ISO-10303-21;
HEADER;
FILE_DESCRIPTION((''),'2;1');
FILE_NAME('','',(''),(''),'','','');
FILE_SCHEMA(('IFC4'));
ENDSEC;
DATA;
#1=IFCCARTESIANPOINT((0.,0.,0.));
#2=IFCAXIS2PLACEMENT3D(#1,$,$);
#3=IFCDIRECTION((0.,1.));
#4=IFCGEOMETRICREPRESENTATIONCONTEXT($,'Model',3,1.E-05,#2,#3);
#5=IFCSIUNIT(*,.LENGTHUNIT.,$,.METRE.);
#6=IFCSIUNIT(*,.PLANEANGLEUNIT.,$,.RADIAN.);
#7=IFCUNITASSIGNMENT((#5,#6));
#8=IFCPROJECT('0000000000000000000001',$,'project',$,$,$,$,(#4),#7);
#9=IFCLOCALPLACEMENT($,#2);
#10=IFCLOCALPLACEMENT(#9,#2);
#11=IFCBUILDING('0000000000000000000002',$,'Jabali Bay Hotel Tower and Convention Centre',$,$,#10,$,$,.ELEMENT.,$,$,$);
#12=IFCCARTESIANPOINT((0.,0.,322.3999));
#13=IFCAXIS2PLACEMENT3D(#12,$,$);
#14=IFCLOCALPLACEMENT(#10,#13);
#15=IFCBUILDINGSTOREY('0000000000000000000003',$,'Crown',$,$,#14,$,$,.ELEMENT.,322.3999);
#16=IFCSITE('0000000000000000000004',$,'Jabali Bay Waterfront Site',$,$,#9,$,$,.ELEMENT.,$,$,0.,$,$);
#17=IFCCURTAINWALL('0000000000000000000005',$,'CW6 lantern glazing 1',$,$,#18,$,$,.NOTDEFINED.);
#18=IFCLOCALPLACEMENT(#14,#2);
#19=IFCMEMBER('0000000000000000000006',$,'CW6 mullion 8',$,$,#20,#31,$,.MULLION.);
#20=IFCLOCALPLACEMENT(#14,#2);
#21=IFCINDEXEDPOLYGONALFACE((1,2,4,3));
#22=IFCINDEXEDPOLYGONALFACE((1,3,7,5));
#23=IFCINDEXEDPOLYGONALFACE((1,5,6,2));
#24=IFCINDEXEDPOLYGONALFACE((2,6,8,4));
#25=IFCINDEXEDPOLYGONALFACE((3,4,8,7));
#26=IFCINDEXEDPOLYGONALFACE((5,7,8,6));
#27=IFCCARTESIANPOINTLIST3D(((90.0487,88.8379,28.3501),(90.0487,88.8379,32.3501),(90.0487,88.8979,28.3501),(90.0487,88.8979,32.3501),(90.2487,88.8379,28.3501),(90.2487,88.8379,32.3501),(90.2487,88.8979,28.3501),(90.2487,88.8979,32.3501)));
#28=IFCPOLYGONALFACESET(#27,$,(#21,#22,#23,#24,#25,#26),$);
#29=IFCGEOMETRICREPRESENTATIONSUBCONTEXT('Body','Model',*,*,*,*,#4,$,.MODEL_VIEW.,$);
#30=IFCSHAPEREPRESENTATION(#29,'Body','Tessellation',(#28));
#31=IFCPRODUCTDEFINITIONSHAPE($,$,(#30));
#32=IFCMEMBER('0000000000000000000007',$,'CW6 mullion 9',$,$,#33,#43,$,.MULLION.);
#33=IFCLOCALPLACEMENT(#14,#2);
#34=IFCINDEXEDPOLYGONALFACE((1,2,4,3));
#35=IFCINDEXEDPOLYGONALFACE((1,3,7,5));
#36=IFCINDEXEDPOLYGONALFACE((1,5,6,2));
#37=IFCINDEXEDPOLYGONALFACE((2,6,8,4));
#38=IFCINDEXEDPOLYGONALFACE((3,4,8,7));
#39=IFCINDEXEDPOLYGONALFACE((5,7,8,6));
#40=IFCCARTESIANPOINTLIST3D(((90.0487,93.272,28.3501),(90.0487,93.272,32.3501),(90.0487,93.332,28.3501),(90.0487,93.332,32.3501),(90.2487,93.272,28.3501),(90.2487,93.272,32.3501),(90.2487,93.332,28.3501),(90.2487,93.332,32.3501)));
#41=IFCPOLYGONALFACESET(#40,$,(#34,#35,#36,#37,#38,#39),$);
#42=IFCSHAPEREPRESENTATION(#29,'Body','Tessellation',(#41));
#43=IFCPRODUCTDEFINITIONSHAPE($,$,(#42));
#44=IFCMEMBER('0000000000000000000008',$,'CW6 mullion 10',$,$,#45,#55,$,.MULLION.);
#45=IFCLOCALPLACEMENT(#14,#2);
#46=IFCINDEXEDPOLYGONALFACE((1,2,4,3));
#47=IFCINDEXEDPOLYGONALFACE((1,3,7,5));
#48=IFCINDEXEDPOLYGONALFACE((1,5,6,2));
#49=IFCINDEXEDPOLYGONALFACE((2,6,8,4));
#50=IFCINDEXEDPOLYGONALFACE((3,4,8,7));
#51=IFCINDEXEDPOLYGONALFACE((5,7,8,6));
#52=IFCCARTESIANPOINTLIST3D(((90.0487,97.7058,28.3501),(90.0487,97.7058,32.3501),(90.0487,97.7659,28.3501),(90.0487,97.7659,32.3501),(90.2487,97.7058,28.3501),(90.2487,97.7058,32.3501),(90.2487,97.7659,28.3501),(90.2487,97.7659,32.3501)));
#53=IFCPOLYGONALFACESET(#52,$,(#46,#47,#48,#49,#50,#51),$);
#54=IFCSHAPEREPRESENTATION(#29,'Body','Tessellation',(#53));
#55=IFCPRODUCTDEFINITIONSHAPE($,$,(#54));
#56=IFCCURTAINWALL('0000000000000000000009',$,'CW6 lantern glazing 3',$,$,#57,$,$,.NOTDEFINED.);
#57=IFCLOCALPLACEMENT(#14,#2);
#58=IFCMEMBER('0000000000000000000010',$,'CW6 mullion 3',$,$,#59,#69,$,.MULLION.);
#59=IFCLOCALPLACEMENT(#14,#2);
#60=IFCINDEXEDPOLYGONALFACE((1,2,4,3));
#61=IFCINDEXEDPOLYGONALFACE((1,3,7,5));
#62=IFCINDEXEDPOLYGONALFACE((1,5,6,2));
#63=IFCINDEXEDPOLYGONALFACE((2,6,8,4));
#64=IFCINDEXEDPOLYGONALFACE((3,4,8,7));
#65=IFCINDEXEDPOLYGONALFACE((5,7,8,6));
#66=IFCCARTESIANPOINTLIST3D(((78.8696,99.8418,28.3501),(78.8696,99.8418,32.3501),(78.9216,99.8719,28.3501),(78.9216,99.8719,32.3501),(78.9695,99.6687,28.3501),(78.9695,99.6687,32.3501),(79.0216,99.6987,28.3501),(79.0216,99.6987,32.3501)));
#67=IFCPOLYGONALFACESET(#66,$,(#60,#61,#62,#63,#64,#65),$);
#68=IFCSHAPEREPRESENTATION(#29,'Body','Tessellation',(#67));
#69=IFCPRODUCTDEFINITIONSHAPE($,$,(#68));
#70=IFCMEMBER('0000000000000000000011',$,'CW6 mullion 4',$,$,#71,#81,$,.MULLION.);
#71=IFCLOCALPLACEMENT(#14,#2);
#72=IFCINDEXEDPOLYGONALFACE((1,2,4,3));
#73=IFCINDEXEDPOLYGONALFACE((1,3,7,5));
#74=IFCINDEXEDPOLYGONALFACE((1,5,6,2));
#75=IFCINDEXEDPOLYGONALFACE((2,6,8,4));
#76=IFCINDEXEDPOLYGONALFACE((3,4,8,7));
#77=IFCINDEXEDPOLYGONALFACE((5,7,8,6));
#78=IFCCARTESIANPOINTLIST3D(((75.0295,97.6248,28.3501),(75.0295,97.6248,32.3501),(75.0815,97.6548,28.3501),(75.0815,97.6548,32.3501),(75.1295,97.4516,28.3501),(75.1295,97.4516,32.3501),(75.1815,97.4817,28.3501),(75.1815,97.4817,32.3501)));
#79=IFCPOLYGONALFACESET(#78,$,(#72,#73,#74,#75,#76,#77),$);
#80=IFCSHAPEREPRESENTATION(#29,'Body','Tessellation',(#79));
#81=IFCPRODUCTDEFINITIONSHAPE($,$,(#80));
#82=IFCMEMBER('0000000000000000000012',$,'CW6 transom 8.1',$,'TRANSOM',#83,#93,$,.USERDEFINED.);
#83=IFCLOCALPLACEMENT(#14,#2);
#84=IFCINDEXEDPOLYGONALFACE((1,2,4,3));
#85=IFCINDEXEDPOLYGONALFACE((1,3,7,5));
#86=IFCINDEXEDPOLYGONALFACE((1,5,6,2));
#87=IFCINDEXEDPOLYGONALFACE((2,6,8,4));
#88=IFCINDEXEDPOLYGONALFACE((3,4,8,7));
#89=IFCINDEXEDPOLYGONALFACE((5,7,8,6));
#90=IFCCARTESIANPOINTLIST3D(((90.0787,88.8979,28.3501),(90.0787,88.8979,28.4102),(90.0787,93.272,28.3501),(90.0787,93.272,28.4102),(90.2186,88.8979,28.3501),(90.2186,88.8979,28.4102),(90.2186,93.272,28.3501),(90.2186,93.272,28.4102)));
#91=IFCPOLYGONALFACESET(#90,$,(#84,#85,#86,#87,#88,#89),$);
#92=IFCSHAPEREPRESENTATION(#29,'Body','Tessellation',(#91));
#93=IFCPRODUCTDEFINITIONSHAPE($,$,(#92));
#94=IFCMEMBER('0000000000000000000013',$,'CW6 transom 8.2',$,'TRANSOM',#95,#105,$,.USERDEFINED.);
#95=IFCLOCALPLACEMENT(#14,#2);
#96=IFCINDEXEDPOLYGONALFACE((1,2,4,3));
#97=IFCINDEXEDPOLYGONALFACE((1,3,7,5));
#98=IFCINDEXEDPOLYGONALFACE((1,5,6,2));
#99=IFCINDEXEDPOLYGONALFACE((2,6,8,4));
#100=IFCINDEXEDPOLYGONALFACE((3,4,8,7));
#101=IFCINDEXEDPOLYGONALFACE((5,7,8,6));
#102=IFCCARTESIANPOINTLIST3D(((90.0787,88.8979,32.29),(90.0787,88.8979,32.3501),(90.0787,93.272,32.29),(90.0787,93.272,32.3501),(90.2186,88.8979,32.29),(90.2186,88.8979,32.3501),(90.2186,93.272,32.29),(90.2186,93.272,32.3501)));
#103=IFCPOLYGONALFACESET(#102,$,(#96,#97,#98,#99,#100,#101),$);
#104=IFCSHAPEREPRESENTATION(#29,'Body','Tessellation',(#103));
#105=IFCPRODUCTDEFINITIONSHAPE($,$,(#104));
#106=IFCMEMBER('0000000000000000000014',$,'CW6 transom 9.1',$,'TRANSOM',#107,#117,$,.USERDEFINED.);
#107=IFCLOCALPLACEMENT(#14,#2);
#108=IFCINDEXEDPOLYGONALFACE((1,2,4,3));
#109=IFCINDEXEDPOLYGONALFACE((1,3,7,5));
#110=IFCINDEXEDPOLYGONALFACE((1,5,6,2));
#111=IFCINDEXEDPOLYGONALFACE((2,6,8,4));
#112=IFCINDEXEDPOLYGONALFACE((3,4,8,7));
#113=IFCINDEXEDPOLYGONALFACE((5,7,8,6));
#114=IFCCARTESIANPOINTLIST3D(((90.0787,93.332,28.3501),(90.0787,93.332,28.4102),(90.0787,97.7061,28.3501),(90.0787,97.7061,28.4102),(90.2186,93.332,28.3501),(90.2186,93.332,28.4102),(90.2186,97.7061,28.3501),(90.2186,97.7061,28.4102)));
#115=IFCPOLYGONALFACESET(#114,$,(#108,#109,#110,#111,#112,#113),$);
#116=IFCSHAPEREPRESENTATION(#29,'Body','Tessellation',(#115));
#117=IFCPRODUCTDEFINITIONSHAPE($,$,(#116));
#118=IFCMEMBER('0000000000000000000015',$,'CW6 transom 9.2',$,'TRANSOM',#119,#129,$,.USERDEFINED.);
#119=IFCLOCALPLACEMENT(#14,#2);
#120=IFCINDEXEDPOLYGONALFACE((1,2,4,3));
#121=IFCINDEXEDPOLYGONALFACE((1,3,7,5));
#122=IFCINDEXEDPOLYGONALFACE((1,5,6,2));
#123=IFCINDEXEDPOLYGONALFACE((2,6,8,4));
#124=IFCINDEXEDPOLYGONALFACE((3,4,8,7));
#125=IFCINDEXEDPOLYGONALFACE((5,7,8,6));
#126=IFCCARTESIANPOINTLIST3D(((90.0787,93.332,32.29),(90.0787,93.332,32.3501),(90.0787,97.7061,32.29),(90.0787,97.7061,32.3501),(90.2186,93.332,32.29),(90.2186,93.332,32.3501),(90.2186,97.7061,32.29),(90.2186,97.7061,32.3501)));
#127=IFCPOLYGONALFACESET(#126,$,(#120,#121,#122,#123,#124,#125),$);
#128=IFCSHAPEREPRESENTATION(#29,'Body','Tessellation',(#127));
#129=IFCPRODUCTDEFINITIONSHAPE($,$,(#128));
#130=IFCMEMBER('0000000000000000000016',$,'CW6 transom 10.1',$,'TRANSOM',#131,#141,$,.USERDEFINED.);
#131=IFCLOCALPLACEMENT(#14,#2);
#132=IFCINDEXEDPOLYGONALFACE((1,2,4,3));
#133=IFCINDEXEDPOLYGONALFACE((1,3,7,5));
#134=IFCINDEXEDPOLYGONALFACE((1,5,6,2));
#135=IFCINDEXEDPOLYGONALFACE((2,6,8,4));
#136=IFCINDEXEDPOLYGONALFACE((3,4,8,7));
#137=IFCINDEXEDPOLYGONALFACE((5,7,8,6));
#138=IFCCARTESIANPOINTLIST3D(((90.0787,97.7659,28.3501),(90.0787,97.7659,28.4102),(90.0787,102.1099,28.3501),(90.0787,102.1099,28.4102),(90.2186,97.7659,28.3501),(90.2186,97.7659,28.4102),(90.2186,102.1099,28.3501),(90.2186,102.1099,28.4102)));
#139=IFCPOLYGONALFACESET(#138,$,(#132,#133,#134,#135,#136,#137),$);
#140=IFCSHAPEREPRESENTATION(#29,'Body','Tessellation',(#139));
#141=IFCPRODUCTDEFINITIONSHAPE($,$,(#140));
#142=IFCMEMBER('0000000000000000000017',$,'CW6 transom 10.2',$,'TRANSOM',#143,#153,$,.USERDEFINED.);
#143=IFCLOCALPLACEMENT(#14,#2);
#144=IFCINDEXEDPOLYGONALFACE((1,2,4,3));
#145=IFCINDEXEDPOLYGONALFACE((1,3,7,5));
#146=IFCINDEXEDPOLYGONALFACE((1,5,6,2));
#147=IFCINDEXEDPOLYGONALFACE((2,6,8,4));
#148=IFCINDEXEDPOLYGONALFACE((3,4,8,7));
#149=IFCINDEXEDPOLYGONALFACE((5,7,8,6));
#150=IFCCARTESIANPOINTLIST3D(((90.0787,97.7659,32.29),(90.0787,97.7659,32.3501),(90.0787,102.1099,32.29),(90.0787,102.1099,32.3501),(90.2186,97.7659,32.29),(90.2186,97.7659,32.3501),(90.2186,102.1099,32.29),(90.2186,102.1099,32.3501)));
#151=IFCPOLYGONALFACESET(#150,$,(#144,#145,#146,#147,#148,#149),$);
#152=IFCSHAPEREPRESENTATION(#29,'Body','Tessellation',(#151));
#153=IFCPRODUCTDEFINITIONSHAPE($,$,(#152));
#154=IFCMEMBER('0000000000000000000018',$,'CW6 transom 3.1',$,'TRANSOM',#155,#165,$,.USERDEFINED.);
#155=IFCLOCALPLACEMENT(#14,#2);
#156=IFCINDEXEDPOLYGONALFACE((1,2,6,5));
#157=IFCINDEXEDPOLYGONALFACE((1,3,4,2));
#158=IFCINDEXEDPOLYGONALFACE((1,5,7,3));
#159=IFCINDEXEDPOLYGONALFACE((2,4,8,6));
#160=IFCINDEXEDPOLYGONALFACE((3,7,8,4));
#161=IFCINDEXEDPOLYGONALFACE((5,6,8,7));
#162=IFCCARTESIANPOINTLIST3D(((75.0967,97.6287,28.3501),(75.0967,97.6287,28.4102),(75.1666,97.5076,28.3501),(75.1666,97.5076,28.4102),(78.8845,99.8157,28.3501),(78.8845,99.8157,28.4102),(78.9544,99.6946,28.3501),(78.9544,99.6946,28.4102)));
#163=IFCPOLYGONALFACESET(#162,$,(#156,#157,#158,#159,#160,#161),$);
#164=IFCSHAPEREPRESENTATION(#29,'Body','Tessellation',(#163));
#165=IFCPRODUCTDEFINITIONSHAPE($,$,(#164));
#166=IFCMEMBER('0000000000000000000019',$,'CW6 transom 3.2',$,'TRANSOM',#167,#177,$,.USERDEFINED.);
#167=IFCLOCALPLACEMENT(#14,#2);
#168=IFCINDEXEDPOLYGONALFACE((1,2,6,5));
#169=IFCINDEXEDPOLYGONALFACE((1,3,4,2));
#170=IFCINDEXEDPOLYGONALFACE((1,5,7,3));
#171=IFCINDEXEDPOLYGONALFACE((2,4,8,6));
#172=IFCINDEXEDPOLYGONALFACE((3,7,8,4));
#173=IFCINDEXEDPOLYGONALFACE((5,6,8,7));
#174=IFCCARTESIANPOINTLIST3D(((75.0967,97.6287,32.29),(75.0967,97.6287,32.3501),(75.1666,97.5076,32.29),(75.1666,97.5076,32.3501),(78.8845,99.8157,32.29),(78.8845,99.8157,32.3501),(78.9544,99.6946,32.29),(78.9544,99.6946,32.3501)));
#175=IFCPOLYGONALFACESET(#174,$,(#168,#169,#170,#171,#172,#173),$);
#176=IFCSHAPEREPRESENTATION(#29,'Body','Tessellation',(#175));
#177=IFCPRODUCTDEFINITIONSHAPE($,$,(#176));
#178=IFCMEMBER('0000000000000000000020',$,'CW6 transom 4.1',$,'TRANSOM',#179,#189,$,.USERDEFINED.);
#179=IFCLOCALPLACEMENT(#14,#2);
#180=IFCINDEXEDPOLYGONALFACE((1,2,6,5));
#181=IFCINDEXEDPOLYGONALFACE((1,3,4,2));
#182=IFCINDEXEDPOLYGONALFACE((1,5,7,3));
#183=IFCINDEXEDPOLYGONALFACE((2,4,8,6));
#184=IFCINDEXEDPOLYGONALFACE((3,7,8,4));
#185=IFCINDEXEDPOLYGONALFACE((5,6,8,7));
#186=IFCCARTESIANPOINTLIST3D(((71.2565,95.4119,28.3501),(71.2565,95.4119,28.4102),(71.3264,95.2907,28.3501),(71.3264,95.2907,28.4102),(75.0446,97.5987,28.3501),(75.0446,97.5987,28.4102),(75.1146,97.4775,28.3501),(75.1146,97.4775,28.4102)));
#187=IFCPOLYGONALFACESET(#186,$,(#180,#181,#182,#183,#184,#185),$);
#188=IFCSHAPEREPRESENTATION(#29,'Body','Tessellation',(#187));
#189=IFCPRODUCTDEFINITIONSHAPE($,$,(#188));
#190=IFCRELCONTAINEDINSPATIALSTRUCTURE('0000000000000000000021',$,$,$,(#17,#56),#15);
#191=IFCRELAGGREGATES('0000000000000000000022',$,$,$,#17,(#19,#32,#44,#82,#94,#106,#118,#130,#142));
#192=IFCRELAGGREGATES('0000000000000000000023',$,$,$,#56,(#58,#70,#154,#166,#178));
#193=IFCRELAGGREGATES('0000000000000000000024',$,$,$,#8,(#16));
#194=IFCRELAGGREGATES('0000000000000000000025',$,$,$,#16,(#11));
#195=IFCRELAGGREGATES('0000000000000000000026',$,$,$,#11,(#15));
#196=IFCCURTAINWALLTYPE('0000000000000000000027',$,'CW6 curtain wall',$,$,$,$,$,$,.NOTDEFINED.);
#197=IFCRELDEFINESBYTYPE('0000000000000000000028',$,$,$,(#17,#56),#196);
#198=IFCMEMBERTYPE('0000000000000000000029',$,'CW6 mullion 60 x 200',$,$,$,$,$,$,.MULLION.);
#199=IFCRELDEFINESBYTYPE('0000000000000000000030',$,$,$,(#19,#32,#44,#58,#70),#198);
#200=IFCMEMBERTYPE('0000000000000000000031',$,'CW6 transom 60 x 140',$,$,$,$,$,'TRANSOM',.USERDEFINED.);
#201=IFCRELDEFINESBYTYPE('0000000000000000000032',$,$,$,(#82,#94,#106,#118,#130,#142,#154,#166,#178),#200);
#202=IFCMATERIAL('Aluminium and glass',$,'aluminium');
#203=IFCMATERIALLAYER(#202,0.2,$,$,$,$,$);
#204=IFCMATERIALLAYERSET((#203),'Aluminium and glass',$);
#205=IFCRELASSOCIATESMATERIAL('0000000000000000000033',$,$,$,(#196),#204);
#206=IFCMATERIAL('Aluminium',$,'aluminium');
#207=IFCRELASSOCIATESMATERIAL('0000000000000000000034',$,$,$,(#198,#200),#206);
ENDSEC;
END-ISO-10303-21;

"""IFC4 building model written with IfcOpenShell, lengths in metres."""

from ifc_helpers import new_model, si_unit, direction, frame, origin, origin_2d, place, context, subcontext, project, spatial, rectangle, extrude, material, layer, layer_set, material_profile, profile_set, type_object, element, aggregate, save


model = new_model("IFC4")

# Units and contexts
model_context = context("Model", 3, precision=1e-05, world=origin(), true_north=direction((0.0, 1.0)))
body_context = subcontext(model_context, "Body", "Model", "MODEL_VIEW")
ifc_project = project(units=[si_unit("LENGTHUNIT", "METRE"), si_unit("PLANEANGLEUNIT", "RADIAN")], contexts=[model_context])

# Site, building, storey
site_placement = place(None, origin())
site = spatial("IfcSite", under=ifc_project, at=site_placement, Name="Jabali Bay Waterfront Site", CompositionType="ELEMENT", RefElevation=0.0)
building_placement = place(site_placement, origin())
building = spatial("IfcBuilding", under=site, at=building_placement, Name="Jabali Bay Hotel Tower and Convention Centre", CompositionType="ELEMENT")
storey_placement = place(building_placement, frame((0.0, 0.0, 322.3999)))
storey = spatial("IfcBuildingStorey", under=building, at=storey_placement, Name="Crown", CompositionType="ELEMENT", Elevation=322.3999)

# Curtain walls, members
ifc_material_1 = material(Name="Aluminium and glass", Category="aluminium")
ifc_layer_1 = layer(ifc_material_1, 0.2)
ifc_layer_set_1 = layer_set([ifc_layer_1], Name="Aluminium and glass")
curtain_wall_type = type_object("IfcCurtainWallType", Name="CW6 curtain wall", PredefinedType="NOTDEFINED", material=ifc_layer_set_1)
curtain_wall_1_placement = place(storey_placement, origin())
curtain_wall_1 = element("IfcCurtainWall", 1, at=curtain_wall_1_placement, inside=storey, type_object=curtain_wall_type, Name="CW6 lantern glazing 1", PredefinedType="NOTDEFINED")
ifc_material_2 = material(Name="Aluminium", Category="aluminium")
ifc_material_profile_1 = material_profile(ifc_material_2, rectangle(XDim=0.2, YDim=0.0601, at=origin_2d()), Name="CW6 mullion 60 x 200")
ifc_profile_set_1 = profile_set([ifc_material_profile_1], Name="Aluminium")
member_type_1 = type_object("IfcMemberType", Name="CW6 mullion 60 x 200", PredefinedType="MULLION", material=ifc_profile_set_1)
member_1_placement = place(storey_placement, frame((90.1487, 88.8679, 28.3501), z_axis=(0.0, 0.0, 1.0), x_axis=(-1.0, 0.0, 0.0)))
member_1 = element("IfcMember", 2, at=member_1_placement, type_object=member_type_1, Name="CW6 mullion 8", PredefinedType="MULLION", context=body_context, shape_type="SweptSolid", body=[
    extrude(rectangle(XDim=0.2, YDim=0.0601, at=origin_2d()), origin(), (0.0, 0.0, 1.0), 4.0),
])
member_2_placement = place(storey_placement, frame((90.1487, 93.302, 28.3501), z_axis=(0.0, 0.0, 1.0), x_axis=(-1.0, 0.0, 0.0)))
member_2 = element("IfcMember", 3, at=member_2_placement, type_object=member_type_1, Name="CW6 mullion 9", PredefinedType="MULLION", context=body_context, shape_type="SweptSolid", body=[
    extrude(rectangle(XDim=0.2, YDim=0.0601, at=origin_2d()), origin(), (0.0, 0.0, 1.0), 4.0),
])
member_3_placement = place(storey_placement, frame((90.1487, 97.7358, 28.3501), z_axis=(0.0, 0.0, 1.0), x_axis=(-1.0, 0.0, 0.0)))
member_3 = element("IfcMember", 4, at=member_3_placement, type_object=member_type_1, Name="CW6 mullion 10", PredefinedType="MULLION", context=body_context, shape_type="SweptSolid", body=[
    extrude(rectangle(XDim=0.2, YDim=0.0601, at=origin_2d()), origin(), (0.0, 0.0, 1.0), 4.0),
])
curtain_wall_2_placement = place(storey_placement, origin())
curtain_wall_2 = element("IfcCurtainWall", 5, at=curtain_wall_2_placement, inside=storey, type_object=curtain_wall_type, Name="CW6 lantern glazing 3", PredefinedType="NOTDEFINED")
member_4_placement = place(storey_placement, frame((78.9456, 99.7703, 28.3501), z_axis=(0.0, 0.0, 1.0), x_axis=(0.5, -0.866025, 0.0)))
member_4 = element("IfcMember", 6, at=member_4_placement, type_object=member_type_1, Name="CW6 mullion 3", PredefinedType="MULLION", context=body_context, shape_type="SweptSolid", body=[
    extrude(rectangle(XDim=0.2, YDim=0.0601, at=origin_2d()), origin(), (0.0, 0.0, 1.0), 4.0),
])
member_5_placement = place(storey_placement, frame((75.1055, 97.5532, 28.3501), z_axis=(0.0, 0.0, 1.0), x_axis=(0.5, -0.866025, 0.0)))
member_5 = element("IfcMember", 7, at=member_5_placement, type_object=member_type_1, Name="CW6 mullion 4", PredefinedType="MULLION", context=body_context, shape_type="SweptSolid", body=[
    extrude(rectangle(XDim=0.2, YDim=0.0601, at=origin_2d()), origin(), (0.0, 0.0, 1.0), 4.0),
])

# Members
ifc_material_profile_2 = material_profile(ifc_material_2, rectangle(XDim=0.1399, YDim=0.0601, at=origin_2d()), Name="CW6 transom 60 x 140")
ifc_profile_set_2 = profile_set([ifc_material_profile_2], Name="Aluminium")
member_type_2 = type_object("IfcMemberType", Name="CW6 transom 60 x 140", ElementType="TRANSOM", PredefinedType="USERDEFINED", material=ifc_profile_set_2)
member_6_placement = place(storey_placement, frame((90.1487, 88.8979, 28.3801), z_axis=(0.0, 1.0, 0.0), x_axis=(-1.0, 0.0, 0.0)))
member_6 = element("IfcMember", 8, at=member_6_placement, type_object=member_type_2, Name="CW6 transom 8.1", ObjectType="TRANSOM", PredefinedType="USERDEFINED", context=body_context, shape_type="SweptSolid", body=[
    extrude(rectangle(XDim=0.1399, YDim=0.0601, at=origin_2d()), origin(), (0.0, 0.0, 1.0), 4.374),
])
member_7_placement = place(storey_placement, frame((90.1487, 88.8979, 32.3201), z_axis=(0.0, 1.0, 0.0), x_axis=(-1.0, 0.0, 0.0)))
member_7 = element("IfcMember", 9, at=member_7_placement, type_object=member_type_2, Name="CW6 transom 8.2", ObjectType="TRANSOM", PredefinedType="USERDEFINED", context=body_context, shape_type="SweptSolid", body=[
    extrude(rectangle(XDim=0.1399, YDim=0.0601, at=origin_2d()), origin(), (0.0, 0.0, 1.0), 4.374),
])
member_8_placement = place(storey_placement, frame((90.1487, 93.332, 28.3801), z_axis=(0.0, 1.0, 0.0), x_axis=(-1.0, 0.0, 0.0)))
member_8 = element("IfcMember", 10, at=member_8_placement, type_object=member_type_2, Name="CW6 transom 9.1", ObjectType="TRANSOM", PredefinedType="USERDEFINED", context=body_context, shape_type="SweptSolid", body=[
    extrude(rectangle(XDim=0.1399, YDim=0.0601, at=origin_2d()), origin(), (0.0, 0.0, 1.0), 4.374),
])
member_9_placement = place(storey_placement, frame((90.1487, 93.332, 32.3201), z_axis=(0.0, 1.0, 0.0), x_axis=(-1.0, 0.0, 0.0)))
member_9 = element("IfcMember", 11, at=member_9_placement, type_object=member_type_2, Name="CW6 transom 9.2", ObjectType="TRANSOM", PredefinedType="USERDEFINED", context=body_context, shape_type="SweptSolid", body=[
    extrude(rectangle(XDim=0.1399, YDim=0.0601, at=origin_2d()), origin(), (0.0, 0.0, 1.0), 4.374),
])
member_10_placement = place(storey_placement, frame((90.1487, 97.7659, 28.3801), z_axis=(0.0, 1.0, 0.0), x_axis=(-1.0, 0.0, 0.0)))
member_10 = element("IfcMember", 12, at=member_10_placement, type_object=member_type_2, Name="CW6 transom 10.1", ObjectType="TRANSOM", PredefinedType="USERDEFINED", context=body_context, shape_type="SweptSolid", body=[
    extrude(rectangle(XDim=0.1399, YDim=0.0601, at=origin_2d()), origin(), (0.0, 0.0, 1.0), 4.344),
])
member_11_placement = place(storey_placement, frame((90.1487, 97.7659, 32.3201), z_axis=(0.0, 1.0, 0.0), x_axis=(-1.0, 0.0, 0.0)))
member_11 = element("IfcMember", 13, at=member_11_placement, type_object=member_type_2, Name="CW6 transom 10.2", ObjectType="TRANSOM", PredefinedType="USERDEFINED", context=body_context, shape_type="SweptSolid", body=[
    extrude(rectangle(XDim=0.1399, YDim=0.0601, at=origin_2d()), origin(), (0.0, 0.0, 1.0), 4.344),
])
member_12_placement = place(storey_placement, frame((78.9194, 99.7551, 28.3801), z_axis=(-0.866015, -0.500017, 0.0), x_axis=(0.500017, -0.866015, 0.0)))
member_12 = element("IfcMember", 14, at=member_12_placement, type_object=member_type_2, Name="CW6 transom 3.1", ObjectType="TRANSOM", PredefinedType="USERDEFINED", context=body_context, shape_type="SweptSolid", body=[
    extrude(rectangle(XDim=0.1399, YDim=0.0601, at=origin_2d()), origin(), (0.0, 0.0, 1.0), 4.3738),
])
member_13_placement = place(storey_placement, frame((78.9194, 99.7551, 32.3201), z_axis=(-0.866015, -0.500017, 0.0), x_axis=(0.500017, -0.866015, 0.0)))
member_13 = element("IfcMember", 15, at=member_13_placement, type_object=member_type_2, Name="CW6 transom 3.2", ObjectType="TRANSOM", PredefinedType="USERDEFINED", context=body_context, shape_type="SweptSolid", body=[
    extrude(rectangle(XDim=0.1399, YDim=0.0601, at=origin_2d()), origin(), (0.0, 0.0, 1.0), 4.3738),
])
member_14_placement = place(storey_placement, frame((75.0796, 97.5381, 28.3801), z_axis=(-0.866054, -0.499951, 0.0), x_axis=(0.499951, -0.866054, 0.0)))
member_14 = element("IfcMember", 16, at=member_14_placement, type_object=member_type_2, Name="CW6 transom 4.1", ObjectType="TRANSOM", PredefinedType="USERDEFINED", context=body_context, shape_type="SweptSolid", body=[
    extrude(rectangle(XDim=0.1399, YDim=0.0601, at=origin_2d()), origin(), (0.0, 0.0, 1.0), 4.374),
])

aggregate(curtain_wall_1, [member_1, member_2, member_3, member_6, member_7, member_8, member_9, member_10, member_11])
aggregate(curtain_wall_2, [member_4, member_5, member_12, member_13, member_14])

save(model, "model.ifc")
